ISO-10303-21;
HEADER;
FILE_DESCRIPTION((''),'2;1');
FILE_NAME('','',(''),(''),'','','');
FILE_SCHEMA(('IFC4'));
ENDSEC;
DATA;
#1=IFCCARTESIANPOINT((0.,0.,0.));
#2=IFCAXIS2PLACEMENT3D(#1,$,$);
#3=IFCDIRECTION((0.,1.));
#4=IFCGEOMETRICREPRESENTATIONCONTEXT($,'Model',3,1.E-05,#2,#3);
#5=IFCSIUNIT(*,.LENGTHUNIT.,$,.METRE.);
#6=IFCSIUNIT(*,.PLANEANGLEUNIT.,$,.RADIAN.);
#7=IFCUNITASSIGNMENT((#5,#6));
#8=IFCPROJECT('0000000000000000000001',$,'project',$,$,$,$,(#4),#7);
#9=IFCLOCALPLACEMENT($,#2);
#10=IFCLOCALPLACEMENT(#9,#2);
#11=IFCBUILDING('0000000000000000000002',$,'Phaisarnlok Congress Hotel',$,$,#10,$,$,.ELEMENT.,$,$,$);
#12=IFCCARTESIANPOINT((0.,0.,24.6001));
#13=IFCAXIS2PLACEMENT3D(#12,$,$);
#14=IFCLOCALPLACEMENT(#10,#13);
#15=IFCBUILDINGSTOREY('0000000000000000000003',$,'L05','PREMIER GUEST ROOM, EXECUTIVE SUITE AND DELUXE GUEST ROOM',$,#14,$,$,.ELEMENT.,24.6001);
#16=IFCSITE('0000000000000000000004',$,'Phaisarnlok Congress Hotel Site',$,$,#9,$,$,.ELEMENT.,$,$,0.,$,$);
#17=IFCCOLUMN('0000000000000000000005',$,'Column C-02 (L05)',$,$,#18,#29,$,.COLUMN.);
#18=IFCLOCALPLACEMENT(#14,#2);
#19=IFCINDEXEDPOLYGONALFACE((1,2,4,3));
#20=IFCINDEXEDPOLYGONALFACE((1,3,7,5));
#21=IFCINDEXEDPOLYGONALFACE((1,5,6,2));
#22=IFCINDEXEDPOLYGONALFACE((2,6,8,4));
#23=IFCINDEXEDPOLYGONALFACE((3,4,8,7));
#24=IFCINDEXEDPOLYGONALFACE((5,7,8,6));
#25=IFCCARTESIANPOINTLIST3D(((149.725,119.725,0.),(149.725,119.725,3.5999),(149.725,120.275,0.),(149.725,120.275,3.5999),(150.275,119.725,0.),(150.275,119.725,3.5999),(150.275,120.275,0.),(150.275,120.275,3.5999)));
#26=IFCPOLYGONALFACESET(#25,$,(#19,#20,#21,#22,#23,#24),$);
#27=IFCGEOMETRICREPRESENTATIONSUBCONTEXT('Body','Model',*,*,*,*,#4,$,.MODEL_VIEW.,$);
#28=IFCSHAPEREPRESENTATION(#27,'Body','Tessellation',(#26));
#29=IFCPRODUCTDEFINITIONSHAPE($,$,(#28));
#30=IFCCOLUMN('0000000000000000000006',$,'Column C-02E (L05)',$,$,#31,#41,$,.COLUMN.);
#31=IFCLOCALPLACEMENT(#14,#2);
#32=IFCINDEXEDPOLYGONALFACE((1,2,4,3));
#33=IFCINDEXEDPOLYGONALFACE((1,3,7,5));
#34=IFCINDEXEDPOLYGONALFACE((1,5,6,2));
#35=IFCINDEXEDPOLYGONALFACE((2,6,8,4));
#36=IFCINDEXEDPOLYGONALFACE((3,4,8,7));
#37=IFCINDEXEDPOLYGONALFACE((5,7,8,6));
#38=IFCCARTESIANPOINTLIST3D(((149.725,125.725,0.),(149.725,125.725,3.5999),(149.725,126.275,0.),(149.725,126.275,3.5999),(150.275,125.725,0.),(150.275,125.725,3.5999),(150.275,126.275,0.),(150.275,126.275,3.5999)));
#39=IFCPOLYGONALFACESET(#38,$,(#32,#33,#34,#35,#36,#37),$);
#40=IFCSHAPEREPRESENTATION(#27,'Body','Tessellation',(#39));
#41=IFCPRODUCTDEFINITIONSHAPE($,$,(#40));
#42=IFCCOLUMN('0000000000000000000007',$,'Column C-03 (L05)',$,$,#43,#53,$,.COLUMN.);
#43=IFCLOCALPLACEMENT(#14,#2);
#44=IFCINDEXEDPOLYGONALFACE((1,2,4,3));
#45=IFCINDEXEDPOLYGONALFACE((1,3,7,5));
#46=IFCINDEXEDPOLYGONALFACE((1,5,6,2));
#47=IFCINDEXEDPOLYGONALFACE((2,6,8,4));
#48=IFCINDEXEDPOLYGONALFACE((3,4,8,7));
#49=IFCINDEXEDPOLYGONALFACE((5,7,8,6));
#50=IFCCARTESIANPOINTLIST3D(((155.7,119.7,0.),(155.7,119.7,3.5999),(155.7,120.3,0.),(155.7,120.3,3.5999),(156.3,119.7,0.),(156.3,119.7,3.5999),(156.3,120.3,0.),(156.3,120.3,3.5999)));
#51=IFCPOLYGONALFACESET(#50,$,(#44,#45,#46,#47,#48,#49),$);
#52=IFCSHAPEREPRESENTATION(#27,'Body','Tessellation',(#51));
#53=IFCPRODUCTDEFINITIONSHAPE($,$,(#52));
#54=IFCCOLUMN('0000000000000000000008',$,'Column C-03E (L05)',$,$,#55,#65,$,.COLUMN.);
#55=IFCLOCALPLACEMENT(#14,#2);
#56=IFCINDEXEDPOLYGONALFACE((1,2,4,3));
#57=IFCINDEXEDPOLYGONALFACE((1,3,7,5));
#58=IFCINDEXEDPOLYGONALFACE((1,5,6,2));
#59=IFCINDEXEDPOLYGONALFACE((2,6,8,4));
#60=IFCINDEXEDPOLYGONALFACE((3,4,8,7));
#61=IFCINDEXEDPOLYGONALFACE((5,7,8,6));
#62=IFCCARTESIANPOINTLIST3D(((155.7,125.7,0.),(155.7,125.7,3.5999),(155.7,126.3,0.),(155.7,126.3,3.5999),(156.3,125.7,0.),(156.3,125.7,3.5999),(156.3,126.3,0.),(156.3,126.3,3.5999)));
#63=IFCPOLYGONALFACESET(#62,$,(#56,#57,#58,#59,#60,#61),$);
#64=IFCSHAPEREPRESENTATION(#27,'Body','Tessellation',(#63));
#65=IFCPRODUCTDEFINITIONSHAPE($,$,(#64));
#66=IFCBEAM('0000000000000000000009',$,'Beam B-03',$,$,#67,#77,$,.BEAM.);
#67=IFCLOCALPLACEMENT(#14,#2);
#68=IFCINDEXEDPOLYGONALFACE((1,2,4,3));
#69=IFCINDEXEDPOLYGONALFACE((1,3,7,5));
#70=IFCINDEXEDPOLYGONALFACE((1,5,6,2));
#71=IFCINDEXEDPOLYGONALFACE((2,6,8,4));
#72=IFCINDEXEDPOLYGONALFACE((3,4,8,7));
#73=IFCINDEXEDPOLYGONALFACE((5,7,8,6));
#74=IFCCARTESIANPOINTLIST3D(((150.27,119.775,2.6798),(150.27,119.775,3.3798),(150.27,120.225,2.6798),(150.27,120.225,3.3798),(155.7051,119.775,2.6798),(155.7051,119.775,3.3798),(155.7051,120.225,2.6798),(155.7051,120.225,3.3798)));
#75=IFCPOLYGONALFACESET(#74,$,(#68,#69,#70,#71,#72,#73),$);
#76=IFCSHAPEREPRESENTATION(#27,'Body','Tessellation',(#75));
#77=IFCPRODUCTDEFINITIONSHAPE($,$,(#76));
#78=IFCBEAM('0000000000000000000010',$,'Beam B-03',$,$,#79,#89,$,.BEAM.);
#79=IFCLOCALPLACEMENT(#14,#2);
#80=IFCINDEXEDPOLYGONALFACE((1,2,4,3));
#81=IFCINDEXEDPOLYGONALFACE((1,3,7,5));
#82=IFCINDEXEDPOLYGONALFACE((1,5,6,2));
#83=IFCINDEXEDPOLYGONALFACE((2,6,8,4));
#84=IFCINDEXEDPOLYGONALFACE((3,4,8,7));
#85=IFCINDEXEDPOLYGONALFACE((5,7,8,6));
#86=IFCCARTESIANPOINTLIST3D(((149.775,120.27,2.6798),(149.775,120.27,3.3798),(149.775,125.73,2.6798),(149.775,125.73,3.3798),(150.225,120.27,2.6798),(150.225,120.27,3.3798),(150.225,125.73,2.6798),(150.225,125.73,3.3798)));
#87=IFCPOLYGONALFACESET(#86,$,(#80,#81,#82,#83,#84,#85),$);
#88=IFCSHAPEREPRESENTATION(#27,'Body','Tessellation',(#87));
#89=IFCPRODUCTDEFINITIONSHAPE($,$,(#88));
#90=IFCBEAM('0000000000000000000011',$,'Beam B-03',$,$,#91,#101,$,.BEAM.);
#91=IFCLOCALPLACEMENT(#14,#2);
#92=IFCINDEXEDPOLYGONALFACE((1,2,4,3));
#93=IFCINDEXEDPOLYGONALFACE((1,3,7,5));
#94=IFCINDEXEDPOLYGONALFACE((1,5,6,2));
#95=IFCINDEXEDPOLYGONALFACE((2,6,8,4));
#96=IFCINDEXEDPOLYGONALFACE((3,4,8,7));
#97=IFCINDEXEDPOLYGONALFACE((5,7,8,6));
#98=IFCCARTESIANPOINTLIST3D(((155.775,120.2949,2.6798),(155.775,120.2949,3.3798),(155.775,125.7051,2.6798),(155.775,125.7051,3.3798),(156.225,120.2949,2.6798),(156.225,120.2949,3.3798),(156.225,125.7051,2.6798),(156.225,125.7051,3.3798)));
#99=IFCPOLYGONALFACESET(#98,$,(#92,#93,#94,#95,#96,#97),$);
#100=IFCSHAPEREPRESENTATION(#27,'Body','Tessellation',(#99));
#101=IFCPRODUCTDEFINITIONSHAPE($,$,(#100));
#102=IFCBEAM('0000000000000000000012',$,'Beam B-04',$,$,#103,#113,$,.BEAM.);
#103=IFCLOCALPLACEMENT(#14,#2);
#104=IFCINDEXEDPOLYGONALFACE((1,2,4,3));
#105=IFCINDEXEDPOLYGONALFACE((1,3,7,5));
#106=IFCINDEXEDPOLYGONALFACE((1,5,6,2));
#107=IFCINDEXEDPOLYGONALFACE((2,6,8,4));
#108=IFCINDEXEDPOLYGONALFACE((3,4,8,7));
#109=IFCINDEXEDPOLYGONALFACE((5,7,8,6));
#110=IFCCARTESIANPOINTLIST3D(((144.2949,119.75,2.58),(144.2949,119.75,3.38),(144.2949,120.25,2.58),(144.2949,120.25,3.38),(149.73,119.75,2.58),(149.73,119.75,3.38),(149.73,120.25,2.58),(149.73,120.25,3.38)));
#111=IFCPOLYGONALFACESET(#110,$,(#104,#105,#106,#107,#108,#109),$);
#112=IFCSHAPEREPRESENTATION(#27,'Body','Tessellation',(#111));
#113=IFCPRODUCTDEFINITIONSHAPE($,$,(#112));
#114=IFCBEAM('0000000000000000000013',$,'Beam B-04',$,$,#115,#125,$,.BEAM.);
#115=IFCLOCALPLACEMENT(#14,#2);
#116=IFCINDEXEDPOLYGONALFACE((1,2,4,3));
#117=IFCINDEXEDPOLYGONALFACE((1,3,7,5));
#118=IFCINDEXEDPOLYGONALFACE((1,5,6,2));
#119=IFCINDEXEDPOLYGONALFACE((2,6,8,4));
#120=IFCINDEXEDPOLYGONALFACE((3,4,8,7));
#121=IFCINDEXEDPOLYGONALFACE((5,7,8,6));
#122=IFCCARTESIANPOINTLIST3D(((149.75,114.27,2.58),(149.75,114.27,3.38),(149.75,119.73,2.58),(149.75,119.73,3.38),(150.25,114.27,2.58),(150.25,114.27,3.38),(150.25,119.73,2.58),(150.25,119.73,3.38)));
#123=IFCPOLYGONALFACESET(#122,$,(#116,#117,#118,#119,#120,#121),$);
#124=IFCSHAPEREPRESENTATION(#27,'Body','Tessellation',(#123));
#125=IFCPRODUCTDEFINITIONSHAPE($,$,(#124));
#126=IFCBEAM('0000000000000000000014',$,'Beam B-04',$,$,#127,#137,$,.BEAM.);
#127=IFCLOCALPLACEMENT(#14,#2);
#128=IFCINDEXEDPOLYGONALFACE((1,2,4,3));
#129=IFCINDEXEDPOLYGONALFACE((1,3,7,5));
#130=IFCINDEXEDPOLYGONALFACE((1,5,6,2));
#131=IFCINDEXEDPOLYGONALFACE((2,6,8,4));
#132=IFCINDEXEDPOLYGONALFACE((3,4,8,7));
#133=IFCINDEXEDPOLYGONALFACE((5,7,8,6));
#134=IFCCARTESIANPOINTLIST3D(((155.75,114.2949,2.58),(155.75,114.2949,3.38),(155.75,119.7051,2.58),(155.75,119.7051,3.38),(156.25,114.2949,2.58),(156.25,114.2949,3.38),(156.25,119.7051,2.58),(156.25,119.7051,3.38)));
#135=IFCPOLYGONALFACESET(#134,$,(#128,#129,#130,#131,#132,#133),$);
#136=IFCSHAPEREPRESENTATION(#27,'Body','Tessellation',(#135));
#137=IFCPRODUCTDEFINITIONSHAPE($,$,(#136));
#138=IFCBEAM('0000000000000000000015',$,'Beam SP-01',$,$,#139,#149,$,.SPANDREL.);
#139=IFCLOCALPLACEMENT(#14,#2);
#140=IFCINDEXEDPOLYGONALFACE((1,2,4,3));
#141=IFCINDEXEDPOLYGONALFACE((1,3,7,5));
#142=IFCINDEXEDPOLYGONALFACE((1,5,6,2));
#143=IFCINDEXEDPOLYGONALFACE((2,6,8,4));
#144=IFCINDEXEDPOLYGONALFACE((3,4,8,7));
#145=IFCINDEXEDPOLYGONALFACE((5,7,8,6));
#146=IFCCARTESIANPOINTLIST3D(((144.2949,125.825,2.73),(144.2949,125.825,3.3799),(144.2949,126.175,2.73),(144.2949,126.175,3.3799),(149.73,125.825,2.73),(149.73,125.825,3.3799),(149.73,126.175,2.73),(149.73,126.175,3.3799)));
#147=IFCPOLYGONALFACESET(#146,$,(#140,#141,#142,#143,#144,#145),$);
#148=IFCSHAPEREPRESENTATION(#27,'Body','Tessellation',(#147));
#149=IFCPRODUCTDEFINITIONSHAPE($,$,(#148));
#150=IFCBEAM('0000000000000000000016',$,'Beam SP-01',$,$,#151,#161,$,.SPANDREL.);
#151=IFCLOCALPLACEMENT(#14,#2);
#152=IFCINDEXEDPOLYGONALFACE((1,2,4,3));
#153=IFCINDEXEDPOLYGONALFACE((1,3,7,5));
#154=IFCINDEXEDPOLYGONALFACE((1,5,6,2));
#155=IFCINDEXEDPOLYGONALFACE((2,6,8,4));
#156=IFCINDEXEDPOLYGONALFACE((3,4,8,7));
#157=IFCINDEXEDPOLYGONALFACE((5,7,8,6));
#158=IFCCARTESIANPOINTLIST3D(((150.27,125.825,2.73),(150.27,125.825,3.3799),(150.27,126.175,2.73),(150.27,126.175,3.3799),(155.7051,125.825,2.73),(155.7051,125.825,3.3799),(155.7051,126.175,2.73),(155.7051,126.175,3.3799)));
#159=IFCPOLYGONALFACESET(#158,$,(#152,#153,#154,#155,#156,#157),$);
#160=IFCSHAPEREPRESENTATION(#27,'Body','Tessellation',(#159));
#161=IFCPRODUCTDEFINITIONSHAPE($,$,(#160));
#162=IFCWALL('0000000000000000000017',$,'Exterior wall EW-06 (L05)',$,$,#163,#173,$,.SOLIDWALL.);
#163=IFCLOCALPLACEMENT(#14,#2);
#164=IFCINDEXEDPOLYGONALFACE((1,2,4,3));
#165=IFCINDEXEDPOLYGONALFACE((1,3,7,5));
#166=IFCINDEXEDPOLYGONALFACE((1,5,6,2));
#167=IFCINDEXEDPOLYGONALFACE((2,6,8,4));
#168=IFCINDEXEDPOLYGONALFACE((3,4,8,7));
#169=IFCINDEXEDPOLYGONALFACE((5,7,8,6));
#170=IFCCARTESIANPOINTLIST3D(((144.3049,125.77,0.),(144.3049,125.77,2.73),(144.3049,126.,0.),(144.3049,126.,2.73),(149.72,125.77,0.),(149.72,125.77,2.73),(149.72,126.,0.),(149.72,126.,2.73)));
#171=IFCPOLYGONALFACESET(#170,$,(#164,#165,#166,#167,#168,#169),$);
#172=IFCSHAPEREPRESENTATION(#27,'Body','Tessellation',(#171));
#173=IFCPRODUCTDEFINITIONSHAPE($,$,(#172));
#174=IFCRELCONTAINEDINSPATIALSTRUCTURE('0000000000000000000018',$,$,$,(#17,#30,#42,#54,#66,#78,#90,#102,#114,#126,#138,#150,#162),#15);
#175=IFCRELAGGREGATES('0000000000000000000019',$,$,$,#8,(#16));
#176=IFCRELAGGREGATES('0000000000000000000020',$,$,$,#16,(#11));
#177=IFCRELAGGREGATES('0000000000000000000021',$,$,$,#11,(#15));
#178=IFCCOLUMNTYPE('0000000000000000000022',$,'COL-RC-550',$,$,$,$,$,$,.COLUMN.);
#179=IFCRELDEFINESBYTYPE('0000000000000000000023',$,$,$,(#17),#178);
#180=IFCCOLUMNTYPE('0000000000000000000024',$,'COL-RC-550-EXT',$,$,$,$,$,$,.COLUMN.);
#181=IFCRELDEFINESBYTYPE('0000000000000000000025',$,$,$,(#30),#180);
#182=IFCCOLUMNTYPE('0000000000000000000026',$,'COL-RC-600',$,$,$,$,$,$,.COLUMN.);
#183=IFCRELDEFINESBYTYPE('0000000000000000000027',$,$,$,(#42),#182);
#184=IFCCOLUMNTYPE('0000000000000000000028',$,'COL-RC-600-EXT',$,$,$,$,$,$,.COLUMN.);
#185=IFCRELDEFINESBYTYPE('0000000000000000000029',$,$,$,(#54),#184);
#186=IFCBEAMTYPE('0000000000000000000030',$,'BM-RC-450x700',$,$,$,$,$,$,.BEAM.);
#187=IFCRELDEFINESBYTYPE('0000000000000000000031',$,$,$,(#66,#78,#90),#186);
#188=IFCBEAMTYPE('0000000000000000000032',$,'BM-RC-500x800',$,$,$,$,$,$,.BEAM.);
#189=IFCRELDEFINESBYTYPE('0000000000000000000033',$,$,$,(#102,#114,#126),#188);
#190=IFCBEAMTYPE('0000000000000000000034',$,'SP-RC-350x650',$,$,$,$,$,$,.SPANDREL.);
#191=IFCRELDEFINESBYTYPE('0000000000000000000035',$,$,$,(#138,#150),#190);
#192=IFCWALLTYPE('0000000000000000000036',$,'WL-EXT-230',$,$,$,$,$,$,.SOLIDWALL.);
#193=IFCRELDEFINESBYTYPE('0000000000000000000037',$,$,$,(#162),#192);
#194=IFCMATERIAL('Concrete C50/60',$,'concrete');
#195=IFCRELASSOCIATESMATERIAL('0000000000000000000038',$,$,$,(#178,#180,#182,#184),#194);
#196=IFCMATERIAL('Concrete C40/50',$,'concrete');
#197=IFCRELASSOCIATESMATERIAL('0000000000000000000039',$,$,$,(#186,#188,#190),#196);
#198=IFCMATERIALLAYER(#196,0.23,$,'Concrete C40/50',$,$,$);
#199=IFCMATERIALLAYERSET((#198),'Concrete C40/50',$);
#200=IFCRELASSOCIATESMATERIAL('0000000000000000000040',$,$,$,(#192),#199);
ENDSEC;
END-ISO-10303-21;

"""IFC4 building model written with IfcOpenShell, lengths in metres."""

from ifc_helpers import new_model, si_unit, direction, frame, frame_2d, origin, origin_2d, place, context, subcontext, project, spatial, rectangle, extrude, material, layer, layer_set, material_profile, profile_set, type_object, element, save


model = new_model("IFC4")

# Units and contexts
model_context = context("Model", 3, precision=1e-05, world=origin(), true_north=direction((0.0, 1.0)))
body_context = subcontext(model_context, "Body", "Model", "MODEL_VIEW")
ifc_project = project(units=[si_unit("LENGTHUNIT", "METRE"), si_unit("PLANEANGLEUNIT", "RADIAN")], contexts=[model_context])

# Site, building, storey
site_placement = place(None, origin())
site = spatial("IfcSite", under=ifc_project, at=site_placement, Name="Phaisarnlok Congress Hotel Site", CompositionType="ELEMENT", RefElevation=0.0)
building_placement = place(site_placement, origin())
building = spatial("IfcBuilding", under=site, at=building_placement, Name="Phaisarnlok Congress Hotel", CompositionType="ELEMENT")
storey_placement = place(building_placement, frame((0.0, 0.0, 24.6001)))
storey = spatial("IfcBuildingStorey", under=building, at=storey_placement, Name="L05", Description="PREMIER GUEST ROOM, EXECUTIVE SUITE AND DELUXE GUEST ROOM", CompositionType="ELEMENT", Elevation=24.6001)

# Columns
ifc_material_1 = material(Name="Concrete C50/60", Category="concrete")
ifc_material_profile_1 = material_profile(ifc_material_1, rectangle(XDim=0.55, YDim=0.55, at=origin_2d()), Name="RC 550x550")
ifc_profile_set_1 = profile_set([ifc_material_profile_1], Name="Concrete C50/60")
column_type_1 = type_object("IfcColumnType", Name="COL-RC-550", PredefinedType="COLUMN", material=ifc_profile_set_1)
column_1_placement = place(storey_placement, frame((150.0, 120.0, 0.0), z_axis=(0.0, 0.0, 1.0), x_axis=(1.0, 0.0, 0.0)))
element("IfcColumn", 1, at=column_1_placement, inside=storey, type_object=column_type_1, Name="Column C-02 (L05)", PredefinedType="COLUMN", context=body_context, shape_type="SweptSolid", body=[
    extrude(rectangle(XDim=0.55, YDim=0.55, at=origin_2d()), origin(), (0.0, 0.0, 1.0), 3.5999),
])
ifc_material_profile_2 = material_profile(ifc_material_1, rectangle(XDim=0.55, YDim=0.55, at=origin_2d()), Name="RC 550x550")
ifc_profile_set_2 = profile_set([ifc_material_profile_2], Name="Concrete C50/60")
column_type_2 = type_object("IfcColumnType", Name="COL-RC-550-EXT", PredefinedType="COLUMN", material=ifc_profile_set_2)
column_2_placement = place(storey_placement, frame((150.0, 126.0, 0.0), z_axis=(0.0, 0.0, 1.0), x_axis=(1.0, 0.0, 0.0)))
element("IfcColumn", 2, at=column_2_placement, inside=storey, type_object=column_type_2, Name="Column C-02E (L05)", PredefinedType="COLUMN", context=body_context, shape_type="SweptSolid", body=[
    extrude(rectangle(XDim=0.55, YDim=0.55, at=origin_2d()), origin(), (0.0, 0.0, 1.0), 3.5999),
])
ifc_material_profile_3 = material_profile(ifc_material_1, rectangle(XDim=0.6001, YDim=0.6001, at=origin_2d()), Name="RC 600x600")
ifc_profile_set_3 = profile_set([ifc_material_profile_3], Name="Concrete C50/60")
column_type_3 = type_object("IfcColumnType", Name="COL-RC-600", PredefinedType="COLUMN", material=ifc_profile_set_3)
column_3_placement = place(storey_placement, frame((156.0, 120.0, 0.0), z_axis=(0.0, 0.0, 1.0), x_axis=(1.0, 0.0, 0.0)))
element("IfcColumn", 3, at=column_3_placement, inside=storey, type_object=column_type_3, Name="Column C-03 (L05)", PredefinedType="COLUMN", context=body_context, shape_type="SweptSolid", body=[
    extrude(rectangle(XDim=0.6001, YDim=0.6001, at=origin_2d()), origin(), (0.0, 0.0, 1.0), 3.5999),
])
ifc_material_profile_4 = material_profile(ifc_material_1, rectangle(XDim=0.6001, YDim=0.6001, at=origin_2d()), Name="RC 600x600")
ifc_profile_set_4 = profile_set([ifc_material_profile_4], Name="Concrete C50/60")
column_type_4 = type_object("IfcColumnType", Name="COL-RC-600-EXT", PredefinedType="COLUMN", material=ifc_profile_set_4)
column_4_placement = place(storey_placement, frame((156.0, 126.0, 0.0), z_axis=(0.0, 0.0, 1.0), x_axis=(1.0, 0.0, 0.0)))
element("IfcColumn", 4, at=column_4_placement, inside=storey, type_object=column_type_4, Name="Column C-03E (L05)", PredefinedType="COLUMN", context=body_context, shape_type="SweptSolid", body=[
    extrude(rectangle(XDim=0.6001, YDim=0.6001, at=origin_2d()), origin(), (0.0, 0.0, 1.0), 3.5999),
])

# Beams
ifc_material_2 = material(Name="Concrete C40/50", Category="concrete")
ifc_material_profile_5 = material_profile(ifc_material_2, rectangle(XDim=0.45, YDim=0.7, at=origin_2d()), Name="RC 450x700")
ifc_profile_set_5 = profile_set([ifc_material_profile_5], Name="Concrete C40/50")
beam_type_1 = type_object("IfcBeamType", Name="BM-RC-450x700", PredefinedType="BEAM", material=ifc_profile_set_5)
beam_1_placement = place(storey_placement, frame((150.27, 120.0, 3.0298), z_axis=(1.0, 0.0, 0.0), x_axis=(0.0, 1.0, 0.0)))
element("IfcBeam", 5, at=beam_1_placement, inside=storey, type_object=beam_type_1, Name="Beam B-03", PredefinedType="BEAM", context=body_context, shape_type="SweptSolid", body=[
    extrude(rectangle(XDim=0.45, YDim=0.7, at=origin_2d()), origin(), (0.0, 0.0, 1.0), 5.4351),
])
beam_2_placement = place(storey_placement, frame((150.0, 120.27, 3.0298), z_axis=(0.0, 1.0, 0.0), x_axis=(-1.0, 0.0, 0.0)))
element("IfcBeam", 6, at=beam_2_placement, inside=storey, type_object=beam_type_1, Name="Beam B-03", PredefinedType="BEAM", context=body_context, shape_type="SweptSolid", body=[
    extrude(rectangle(XDim=0.45, YDim=0.7, at=origin_2d()), origin(), (0.0, 0.0, 1.0), 5.46),
])
beam_3_placement = place(storey_placement, frame((156.0, 120.2949, 3.0298), z_axis=(0.0, 1.0, 0.0), x_axis=(-1.0, 0.0, 0.0)))
element("IfcBeam", 7, at=beam_3_placement, inside=storey, type_object=beam_type_1, Name="Beam B-03", PredefinedType="BEAM", context=body_context, shape_type="SweptSolid", body=[
    extrude(rectangle(XDim=0.45, YDim=0.7, at=origin_2d()), origin(), (0.0, 0.0, 1.0), 5.4102),
])
ifc_material_profile_6 = material_profile(ifc_material_2, rectangle(XDim=0.5, YDim=0.8, at=origin_2d()), Name="RC 500x800")
ifc_profile_set_6 = profile_set([ifc_material_profile_6], Name="Concrete C40/50")
beam_type_2 = type_object("IfcBeamType", Name="BM-RC-500x800", PredefinedType="BEAM", material=ifc_profile_set_6)
beam_4_placement = place(storey_placement, frame((144.2949, 120.0, 2.98), z_axis=(1.0, 0.0, 0.0), x_axis=(0.0, 1.0, 0.0)))
element("IfcBeam", 8, at=beam_4_placement, inside=storey, type_object=beam_type_2, Name="Beam B-04", PredefinedType="BEAM", context=body_context, shape_type="SweptSolid", body=[
    extrude(rectangle(XDim=0.5, YDim=0.8, at=origin_2d()), origin(), (0.0, 0.0, 1.0), 5.4351),
])
beam_5_placement = place(storey_placement, frame((150.0, 114.27, 2.98), z_axis=(0.0, 1.0, 0.0), x_axis=(-1.0, 0.0, 0.0)))
element("IfcBeam", 9, at=beam_5_placement, inside=storey, type_object=beam_type_2, Name="Beam B-04", PredefinedType="BEAM", context=body_context, shape_type="SweptSolid", body=[
    extrude(rectangle(XDim=0.5, YDim=0.8, at=origin_2d()), origin(), (0.0, 0.0, 1.0), 5.46),
])
beam_6_placement = place(storey_placement, frame((156.0, 114.2949, 2.98), z_axis=(0.0, 1.0, 0.0), x_axis=(-1.0, 0.0, 0.0)))
element("IfcBeam", 10, at=beam_6_placement, inside=storey, type_object=beam_type_2, Name="Beam B-04", PredefinedType="BEAM", context=body_context, shape_type="SweptSolid", body=[
    extrude(rectangle(XDim=0.5, YDim=0.8, at=origin_2d()), origin(), (0.0, 0.0, 1.0), 5.4102),
])
ifc_material_profile_7 = material_profile(ifc_material_2, rectangle(XDim=0.3501, YDim=0.6499, at=origin_2d()), Name="RC 350x650")
ifc_profile_set_7 = profile_set([ifc_material_profile_7], Name="Concrete C40/50")
beam_type_3 = type_object("IfcBeamType", Name="SP-RC-350x650", PredefinedType="SPANDREL", material=ifc_profile_set_7)
for number, where, z_axis, x_axis, name in (
    (11, (144.2949, 126.0, 3.0549), (1.0, 0.0, 0.0), (0.0, 1.0, 0.0), "Beam SP-01"),
    (12, (150.27, 126.0, 3.0549), (1.0, 0.0, 0.0), (0.0, 1.0, 0.0), "Beam SP-01"),
):
    element("IfcBeam", number, at=place(storey_placement, frame(where, z_axis=z_axis, x_axis=x_axis)), inside=storey, type_object=beam_type_3, Name=name, PredefinedType="SPANDREL", context=body_context, shape_type="SweptSolid", body=[
        extrude(rectangle(XDim=0.3501, YDim=0.6499, at=origin_2d()), origin(), (0.0, 0.0, 1.0), 5.4351),
    ])

# Wall
ifc_layer_1 = layer(ifc_material_2, 0.23, Name="Concrete C40/50")
ifc_layer_set_1 = layer_set([ifc_layer_1], Name="Concrete C40/50")
wall_type_1 = type_object("IfcWallType", Name="WL-EXT-230", PredefinedType="SOLIDWALL", material=ifc_layer_set_1)
wall_1_placement = place(storey_placement, frame((149.72, 125.885, 0.0), z_axis=(0.0, 0.0, 1.0), x_axis=(-1.0, 0.0, 0.0)))
element("IfcWall", 13, at=wall_1_placement, inside=storey, type_object=wall_type_1, Name="Exterior wall EW-06 (L05)", PredefinedType="SOLIDWALL", context=body_context, shape_type="SweptSolid", body=[
    extrude(rectangle(XDim=5.415, YDim=0.23, at=frame_2d((2.7075, 0.0))), origin(), (0.0, 0.0, 1.0), 2.73),
])

save(model, "model.ifc")
